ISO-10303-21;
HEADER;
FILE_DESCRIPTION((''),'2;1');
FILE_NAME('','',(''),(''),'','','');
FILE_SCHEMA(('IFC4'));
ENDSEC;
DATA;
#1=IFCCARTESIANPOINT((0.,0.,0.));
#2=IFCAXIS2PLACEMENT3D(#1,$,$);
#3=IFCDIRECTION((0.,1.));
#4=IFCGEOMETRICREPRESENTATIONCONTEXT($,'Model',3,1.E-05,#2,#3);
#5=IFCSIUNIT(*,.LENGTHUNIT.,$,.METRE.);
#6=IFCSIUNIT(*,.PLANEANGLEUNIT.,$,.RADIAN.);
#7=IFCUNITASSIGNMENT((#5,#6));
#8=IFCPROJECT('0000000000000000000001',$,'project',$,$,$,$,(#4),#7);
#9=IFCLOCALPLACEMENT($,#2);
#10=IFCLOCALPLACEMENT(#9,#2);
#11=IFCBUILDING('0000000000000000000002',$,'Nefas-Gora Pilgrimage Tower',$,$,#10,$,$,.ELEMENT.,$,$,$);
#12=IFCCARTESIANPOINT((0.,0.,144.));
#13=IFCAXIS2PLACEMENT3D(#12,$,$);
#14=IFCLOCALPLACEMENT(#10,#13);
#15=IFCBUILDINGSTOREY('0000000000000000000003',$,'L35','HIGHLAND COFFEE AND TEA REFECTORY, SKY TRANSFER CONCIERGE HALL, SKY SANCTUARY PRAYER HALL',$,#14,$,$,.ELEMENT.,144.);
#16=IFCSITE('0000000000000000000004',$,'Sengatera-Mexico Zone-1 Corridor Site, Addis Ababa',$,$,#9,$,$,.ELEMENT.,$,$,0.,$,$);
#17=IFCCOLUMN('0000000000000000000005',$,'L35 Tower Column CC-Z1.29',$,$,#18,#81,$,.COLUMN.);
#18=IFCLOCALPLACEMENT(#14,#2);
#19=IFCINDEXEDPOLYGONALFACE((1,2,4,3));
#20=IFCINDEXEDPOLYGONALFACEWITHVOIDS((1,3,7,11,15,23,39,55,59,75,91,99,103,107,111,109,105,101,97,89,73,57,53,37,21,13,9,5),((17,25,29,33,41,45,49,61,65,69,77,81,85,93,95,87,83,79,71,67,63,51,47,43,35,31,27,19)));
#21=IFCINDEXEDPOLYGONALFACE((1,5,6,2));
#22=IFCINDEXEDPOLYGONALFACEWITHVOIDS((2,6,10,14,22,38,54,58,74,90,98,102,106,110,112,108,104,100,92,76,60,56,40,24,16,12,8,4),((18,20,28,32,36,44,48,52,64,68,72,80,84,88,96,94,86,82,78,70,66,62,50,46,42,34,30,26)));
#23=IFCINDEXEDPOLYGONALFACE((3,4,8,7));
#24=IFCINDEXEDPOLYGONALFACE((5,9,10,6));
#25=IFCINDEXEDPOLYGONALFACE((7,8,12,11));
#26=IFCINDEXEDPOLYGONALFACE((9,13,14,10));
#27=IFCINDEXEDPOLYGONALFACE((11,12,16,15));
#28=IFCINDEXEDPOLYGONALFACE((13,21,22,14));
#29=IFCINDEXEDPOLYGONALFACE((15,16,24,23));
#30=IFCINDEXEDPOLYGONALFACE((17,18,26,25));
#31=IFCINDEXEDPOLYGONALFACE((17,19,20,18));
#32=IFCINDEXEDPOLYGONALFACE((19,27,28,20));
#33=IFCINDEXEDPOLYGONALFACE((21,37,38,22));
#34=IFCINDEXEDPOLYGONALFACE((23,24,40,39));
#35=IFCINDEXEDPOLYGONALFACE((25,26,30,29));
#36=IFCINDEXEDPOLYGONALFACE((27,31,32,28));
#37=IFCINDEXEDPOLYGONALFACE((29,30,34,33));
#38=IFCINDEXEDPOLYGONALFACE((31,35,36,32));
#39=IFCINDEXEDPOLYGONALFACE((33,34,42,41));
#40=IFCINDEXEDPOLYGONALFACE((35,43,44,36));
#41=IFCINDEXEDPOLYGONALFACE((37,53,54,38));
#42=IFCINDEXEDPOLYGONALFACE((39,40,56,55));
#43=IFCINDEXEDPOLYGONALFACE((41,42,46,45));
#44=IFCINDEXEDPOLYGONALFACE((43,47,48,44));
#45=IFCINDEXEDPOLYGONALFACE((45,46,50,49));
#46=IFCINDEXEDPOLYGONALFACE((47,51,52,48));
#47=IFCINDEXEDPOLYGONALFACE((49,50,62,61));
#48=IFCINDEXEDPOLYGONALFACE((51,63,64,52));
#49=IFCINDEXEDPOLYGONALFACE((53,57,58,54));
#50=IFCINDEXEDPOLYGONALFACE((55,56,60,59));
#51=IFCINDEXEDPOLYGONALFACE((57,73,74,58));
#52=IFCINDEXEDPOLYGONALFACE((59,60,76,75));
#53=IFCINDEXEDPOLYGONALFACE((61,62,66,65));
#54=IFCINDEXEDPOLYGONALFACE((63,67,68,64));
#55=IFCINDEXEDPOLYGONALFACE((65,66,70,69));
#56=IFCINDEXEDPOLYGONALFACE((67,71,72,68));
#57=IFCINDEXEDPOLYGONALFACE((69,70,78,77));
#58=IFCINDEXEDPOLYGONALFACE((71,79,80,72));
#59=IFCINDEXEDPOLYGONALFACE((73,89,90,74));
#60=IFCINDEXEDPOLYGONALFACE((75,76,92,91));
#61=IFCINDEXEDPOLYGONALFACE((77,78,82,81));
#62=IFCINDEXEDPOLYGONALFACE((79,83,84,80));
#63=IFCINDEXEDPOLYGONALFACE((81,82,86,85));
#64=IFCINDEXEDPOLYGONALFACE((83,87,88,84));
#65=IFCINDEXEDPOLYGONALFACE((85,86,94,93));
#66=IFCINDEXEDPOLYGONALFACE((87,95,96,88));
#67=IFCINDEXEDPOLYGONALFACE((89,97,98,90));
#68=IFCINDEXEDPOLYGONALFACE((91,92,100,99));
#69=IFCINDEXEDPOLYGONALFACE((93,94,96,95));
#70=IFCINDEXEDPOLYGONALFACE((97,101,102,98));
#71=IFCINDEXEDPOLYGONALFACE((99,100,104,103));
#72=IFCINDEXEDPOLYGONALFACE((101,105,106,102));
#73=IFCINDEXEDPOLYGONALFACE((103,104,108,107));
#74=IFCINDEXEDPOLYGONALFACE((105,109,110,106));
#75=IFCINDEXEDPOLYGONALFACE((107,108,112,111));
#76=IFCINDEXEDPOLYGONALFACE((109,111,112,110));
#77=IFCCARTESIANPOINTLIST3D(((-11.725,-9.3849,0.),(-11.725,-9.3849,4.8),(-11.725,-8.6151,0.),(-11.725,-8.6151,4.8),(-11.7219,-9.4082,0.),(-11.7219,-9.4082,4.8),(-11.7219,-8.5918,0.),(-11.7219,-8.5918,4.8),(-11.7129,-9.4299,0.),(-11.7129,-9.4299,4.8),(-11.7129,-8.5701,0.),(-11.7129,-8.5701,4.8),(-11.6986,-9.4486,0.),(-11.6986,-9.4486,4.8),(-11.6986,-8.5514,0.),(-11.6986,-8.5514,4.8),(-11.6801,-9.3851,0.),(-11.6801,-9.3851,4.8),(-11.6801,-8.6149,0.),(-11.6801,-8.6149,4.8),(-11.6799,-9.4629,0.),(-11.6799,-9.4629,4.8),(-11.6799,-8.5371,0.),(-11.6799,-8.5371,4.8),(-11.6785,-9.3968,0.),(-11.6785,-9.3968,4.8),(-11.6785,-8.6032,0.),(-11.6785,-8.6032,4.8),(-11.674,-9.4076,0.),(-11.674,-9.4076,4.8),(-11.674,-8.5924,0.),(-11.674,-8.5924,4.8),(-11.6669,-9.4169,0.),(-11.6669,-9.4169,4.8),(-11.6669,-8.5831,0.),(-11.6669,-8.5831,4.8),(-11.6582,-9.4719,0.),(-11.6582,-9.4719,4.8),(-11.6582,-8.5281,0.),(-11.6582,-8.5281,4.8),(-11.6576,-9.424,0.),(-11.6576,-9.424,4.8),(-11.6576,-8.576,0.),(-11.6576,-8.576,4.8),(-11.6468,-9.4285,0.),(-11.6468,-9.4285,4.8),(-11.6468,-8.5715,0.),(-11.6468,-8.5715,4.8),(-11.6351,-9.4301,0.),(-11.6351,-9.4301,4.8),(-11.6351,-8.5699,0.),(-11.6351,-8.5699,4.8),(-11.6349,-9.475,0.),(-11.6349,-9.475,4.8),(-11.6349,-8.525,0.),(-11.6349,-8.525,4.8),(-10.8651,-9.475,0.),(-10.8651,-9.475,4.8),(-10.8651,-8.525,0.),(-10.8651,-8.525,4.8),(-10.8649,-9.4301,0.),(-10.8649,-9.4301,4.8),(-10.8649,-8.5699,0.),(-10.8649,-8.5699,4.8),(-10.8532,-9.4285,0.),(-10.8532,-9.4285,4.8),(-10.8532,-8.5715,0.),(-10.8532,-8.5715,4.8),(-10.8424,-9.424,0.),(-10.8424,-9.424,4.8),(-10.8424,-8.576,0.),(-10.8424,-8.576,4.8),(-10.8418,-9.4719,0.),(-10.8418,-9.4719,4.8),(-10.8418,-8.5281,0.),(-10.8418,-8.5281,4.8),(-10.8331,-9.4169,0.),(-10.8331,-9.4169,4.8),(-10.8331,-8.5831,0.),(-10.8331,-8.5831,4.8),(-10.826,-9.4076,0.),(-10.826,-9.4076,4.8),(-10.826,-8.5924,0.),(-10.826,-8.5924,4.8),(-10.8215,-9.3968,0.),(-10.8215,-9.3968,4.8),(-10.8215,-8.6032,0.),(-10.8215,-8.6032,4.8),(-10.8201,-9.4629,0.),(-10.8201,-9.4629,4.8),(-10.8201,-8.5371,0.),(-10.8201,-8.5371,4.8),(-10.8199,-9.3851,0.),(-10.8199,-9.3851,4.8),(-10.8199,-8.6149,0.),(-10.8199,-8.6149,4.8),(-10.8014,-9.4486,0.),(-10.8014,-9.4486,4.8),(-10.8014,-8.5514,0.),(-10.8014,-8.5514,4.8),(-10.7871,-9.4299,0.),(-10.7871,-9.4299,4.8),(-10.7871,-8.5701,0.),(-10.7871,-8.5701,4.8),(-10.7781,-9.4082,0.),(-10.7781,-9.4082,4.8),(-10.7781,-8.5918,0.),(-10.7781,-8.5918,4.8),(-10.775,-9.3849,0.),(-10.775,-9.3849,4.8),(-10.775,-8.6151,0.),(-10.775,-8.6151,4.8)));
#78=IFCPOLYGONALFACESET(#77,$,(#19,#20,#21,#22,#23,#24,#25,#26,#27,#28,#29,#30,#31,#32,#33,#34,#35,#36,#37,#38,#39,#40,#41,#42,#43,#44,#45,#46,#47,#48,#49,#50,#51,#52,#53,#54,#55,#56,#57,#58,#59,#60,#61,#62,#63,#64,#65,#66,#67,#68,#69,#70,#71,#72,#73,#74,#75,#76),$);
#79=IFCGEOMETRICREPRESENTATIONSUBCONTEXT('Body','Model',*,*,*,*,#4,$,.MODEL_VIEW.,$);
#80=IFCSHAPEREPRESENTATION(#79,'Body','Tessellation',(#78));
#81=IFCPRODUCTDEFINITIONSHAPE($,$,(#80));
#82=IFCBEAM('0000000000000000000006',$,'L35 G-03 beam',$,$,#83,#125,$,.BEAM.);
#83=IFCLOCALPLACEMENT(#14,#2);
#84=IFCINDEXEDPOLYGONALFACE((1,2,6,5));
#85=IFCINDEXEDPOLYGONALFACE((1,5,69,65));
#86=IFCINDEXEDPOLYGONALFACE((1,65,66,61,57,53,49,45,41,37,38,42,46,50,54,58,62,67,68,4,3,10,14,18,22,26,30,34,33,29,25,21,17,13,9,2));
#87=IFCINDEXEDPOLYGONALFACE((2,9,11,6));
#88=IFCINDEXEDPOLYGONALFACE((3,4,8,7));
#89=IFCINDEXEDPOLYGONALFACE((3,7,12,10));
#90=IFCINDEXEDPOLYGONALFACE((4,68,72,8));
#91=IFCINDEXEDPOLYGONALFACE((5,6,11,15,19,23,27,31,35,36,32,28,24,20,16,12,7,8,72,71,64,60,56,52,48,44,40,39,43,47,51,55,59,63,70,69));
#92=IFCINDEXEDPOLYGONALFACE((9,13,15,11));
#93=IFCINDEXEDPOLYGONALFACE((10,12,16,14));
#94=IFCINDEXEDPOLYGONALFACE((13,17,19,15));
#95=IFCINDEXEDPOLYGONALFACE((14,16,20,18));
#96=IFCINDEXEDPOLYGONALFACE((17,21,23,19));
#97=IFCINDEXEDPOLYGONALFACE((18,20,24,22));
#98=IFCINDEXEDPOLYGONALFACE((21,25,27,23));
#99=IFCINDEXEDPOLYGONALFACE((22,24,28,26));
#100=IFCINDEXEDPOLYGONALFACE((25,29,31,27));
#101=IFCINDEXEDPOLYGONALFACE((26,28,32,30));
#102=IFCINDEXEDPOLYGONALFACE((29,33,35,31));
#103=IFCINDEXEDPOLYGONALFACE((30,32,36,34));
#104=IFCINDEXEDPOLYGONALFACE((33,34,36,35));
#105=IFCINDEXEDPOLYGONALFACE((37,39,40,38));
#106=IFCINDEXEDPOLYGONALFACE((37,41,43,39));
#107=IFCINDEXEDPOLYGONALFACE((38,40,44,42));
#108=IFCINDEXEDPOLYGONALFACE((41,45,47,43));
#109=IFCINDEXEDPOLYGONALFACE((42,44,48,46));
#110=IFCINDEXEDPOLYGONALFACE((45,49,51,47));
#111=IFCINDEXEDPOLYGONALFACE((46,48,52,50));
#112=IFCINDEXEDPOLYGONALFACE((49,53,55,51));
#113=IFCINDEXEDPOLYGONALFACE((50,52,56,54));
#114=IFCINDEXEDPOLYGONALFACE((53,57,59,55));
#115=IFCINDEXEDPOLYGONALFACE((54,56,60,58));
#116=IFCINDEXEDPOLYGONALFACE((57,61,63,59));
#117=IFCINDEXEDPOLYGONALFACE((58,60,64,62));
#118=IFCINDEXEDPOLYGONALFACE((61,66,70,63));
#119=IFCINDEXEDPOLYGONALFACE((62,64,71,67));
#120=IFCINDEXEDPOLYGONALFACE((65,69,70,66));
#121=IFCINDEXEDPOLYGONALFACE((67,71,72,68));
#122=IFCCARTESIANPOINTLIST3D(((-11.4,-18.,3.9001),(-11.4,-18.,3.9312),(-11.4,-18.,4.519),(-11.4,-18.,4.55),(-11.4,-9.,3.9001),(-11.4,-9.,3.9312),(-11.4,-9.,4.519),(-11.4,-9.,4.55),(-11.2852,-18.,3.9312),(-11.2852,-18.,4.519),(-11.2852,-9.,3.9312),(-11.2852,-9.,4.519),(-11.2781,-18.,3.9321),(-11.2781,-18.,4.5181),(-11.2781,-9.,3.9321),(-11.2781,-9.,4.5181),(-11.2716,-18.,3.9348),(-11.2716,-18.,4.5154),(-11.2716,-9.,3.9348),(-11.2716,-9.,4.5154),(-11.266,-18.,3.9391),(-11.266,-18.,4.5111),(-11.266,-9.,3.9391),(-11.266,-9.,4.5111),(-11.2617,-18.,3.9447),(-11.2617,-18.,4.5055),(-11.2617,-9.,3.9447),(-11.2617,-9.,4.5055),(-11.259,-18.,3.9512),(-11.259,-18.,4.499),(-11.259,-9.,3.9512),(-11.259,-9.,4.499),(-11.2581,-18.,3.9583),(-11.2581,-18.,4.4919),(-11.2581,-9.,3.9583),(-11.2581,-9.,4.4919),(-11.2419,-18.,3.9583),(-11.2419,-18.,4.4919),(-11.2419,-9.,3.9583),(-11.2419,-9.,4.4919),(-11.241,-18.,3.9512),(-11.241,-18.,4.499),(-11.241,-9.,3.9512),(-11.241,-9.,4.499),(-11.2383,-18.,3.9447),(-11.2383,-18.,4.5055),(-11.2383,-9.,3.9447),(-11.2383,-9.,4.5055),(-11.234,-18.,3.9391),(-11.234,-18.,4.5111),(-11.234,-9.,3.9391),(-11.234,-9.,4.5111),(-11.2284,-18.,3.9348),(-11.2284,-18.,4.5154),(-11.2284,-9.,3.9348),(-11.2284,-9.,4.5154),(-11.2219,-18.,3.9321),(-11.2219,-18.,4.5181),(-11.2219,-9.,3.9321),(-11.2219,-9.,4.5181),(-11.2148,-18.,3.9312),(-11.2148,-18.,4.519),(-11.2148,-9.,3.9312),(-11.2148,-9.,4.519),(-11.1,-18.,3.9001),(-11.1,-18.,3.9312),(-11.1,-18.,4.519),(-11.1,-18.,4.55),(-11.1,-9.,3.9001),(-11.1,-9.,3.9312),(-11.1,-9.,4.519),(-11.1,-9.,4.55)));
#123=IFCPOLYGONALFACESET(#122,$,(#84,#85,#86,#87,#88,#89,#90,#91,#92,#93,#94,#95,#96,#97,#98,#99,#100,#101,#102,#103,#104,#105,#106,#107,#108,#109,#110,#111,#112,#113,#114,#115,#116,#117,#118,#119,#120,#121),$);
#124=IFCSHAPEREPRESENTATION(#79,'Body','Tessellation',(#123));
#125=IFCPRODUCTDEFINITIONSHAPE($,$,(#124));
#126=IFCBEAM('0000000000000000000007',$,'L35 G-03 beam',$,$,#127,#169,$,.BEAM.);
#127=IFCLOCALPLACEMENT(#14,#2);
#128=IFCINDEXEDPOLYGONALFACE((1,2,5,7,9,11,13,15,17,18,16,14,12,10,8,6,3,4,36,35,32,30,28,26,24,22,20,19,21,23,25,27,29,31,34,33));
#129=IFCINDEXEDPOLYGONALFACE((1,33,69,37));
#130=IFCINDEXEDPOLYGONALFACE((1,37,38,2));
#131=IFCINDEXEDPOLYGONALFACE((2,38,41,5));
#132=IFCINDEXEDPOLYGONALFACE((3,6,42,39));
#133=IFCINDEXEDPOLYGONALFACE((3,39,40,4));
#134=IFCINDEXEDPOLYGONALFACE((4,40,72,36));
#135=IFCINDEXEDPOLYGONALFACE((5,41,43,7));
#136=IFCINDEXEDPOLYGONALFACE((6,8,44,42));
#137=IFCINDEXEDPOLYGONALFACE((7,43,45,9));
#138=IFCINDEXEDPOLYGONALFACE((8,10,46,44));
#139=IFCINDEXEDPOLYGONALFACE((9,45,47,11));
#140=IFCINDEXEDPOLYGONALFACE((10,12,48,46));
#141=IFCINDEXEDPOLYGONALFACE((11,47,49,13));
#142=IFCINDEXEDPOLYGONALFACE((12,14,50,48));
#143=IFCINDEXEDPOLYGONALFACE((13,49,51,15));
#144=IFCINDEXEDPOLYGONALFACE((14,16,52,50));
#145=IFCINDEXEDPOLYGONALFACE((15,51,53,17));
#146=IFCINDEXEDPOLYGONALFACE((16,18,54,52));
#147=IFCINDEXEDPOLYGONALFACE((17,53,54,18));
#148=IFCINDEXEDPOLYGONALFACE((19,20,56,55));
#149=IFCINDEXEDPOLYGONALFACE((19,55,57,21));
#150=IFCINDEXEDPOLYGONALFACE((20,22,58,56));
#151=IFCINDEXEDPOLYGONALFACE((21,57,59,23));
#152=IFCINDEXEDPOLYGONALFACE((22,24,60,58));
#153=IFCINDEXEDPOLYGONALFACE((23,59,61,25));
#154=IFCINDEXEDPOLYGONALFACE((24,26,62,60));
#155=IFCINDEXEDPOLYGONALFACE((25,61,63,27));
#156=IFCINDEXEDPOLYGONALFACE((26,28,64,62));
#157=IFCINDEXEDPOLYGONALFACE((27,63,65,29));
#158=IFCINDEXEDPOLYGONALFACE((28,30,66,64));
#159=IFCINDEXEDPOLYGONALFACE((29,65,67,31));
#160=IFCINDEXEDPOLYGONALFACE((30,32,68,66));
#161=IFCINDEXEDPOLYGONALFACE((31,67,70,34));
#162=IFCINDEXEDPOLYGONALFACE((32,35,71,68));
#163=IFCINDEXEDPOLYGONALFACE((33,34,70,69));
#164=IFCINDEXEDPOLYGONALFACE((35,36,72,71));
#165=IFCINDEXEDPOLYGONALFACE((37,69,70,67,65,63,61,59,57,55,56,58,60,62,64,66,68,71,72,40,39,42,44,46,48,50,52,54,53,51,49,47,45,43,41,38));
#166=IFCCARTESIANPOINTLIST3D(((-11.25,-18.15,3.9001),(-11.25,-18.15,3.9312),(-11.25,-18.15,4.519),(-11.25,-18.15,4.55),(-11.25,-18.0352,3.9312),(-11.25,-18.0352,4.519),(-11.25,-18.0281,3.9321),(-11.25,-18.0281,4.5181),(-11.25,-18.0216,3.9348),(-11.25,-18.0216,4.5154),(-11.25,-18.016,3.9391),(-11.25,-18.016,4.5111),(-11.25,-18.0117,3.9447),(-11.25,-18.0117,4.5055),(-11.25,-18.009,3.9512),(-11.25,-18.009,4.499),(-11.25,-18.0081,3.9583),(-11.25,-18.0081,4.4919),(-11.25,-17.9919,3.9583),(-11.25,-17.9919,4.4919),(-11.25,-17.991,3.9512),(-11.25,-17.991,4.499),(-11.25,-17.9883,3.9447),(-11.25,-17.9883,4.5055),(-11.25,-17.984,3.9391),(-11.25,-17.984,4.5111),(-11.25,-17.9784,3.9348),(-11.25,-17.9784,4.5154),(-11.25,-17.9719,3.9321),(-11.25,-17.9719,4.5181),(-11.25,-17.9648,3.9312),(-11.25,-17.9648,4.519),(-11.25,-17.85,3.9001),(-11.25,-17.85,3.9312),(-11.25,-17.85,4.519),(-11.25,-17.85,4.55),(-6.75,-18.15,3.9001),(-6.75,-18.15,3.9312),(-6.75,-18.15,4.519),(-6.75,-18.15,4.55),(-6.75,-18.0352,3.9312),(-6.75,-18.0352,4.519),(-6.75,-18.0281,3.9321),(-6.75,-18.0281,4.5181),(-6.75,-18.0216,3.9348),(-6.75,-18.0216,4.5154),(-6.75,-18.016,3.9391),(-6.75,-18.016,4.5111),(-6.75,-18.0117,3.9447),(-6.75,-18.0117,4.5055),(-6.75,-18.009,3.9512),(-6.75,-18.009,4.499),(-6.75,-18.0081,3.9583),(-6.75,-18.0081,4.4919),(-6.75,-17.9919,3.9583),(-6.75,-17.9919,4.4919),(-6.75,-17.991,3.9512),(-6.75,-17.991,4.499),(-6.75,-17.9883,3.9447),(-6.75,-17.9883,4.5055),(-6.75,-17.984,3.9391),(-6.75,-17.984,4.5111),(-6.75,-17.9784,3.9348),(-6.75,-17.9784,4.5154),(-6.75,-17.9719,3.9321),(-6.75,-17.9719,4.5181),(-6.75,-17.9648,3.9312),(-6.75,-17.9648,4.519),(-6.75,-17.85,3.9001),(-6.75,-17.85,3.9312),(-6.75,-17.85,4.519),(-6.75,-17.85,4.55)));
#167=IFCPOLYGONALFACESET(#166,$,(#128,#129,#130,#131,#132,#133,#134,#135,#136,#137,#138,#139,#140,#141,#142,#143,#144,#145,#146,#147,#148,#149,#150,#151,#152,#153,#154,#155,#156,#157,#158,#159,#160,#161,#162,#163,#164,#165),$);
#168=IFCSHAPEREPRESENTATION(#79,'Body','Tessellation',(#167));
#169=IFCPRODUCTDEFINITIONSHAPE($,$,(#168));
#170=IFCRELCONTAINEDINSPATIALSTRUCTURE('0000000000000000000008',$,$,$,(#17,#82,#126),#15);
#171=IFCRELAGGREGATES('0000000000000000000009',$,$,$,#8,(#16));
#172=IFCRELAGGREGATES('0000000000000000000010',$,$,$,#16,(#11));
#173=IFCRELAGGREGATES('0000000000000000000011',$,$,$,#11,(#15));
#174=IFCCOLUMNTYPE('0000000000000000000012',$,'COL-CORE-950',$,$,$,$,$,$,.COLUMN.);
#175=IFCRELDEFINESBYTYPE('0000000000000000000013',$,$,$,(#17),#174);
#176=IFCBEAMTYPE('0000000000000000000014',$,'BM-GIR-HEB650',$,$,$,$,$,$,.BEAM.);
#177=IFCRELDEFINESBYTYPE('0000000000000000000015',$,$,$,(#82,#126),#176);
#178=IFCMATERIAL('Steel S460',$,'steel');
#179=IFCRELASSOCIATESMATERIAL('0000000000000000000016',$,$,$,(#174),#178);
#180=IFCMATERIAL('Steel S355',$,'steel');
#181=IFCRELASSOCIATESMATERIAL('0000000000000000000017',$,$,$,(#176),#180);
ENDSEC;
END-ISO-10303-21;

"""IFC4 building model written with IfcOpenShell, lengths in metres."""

from ifc_helpers import new_model, si_unit, direction, frame, origin, origin_2d, place, context, subcontext, project, spatial, hollow_rectangle, i_section, extrude, source, transform, mapped, material, material_profile, profile_set, type_object, element, save


model = new_model("IFC4")

# Units and contexts
model_context = context("Model", 3, precision=1e-05, world=origin(), true_north=direction((0.0, 1.0)))
body_context = subcontext(model_context, "Body", "Model", "MODEL_VIEW")
ifc_project = project(units=[si_unit("LENGTHUNIT", "METRE"), si_unit("PLANEANGLEUNIT", "RADIAN")], contexts=[model_context])

# Site, building, storey
site_placement = place(None, origin())
site = spatial("IfcSite", under=ifc_project, at=site_placement, Name="Sengatera-Mexico Zone-1 Corridor Site, Addis Ababa", CompositionType="ELEMENT", RefElevation=0.0)
building_placement = place(site_placement, origin())
building = spatial("IfcBuilding", under=site, at=building_placement, Name="Nefas-Gora Pilgrimage Tower", CompositionType="ELEMENT")
storey_placement = place(building_placement, frame((0.0, 0.0, 144.0)))
storey = spatial("IfcBuildingStorey", under=building, at=storey_placement, Name="L35", Description="HIGHLAND COFFEE AND TEA REFECTORY, SKY TRANSFER CONCIERGE HALL, SKY SANCTUARY PRAYER HALL", CompositionType="ELEMENT", Elevation=144.0)

# Column
ifc_material_1 = material(Name="Steel S460", Category="steel")
ifc_material_profile_1 = material_profile(ifc_material_1, hollow_rectangle(XDim=0.95, YDim=0.95, WallThickness=0.0449, InnerFilletRadius=0.0449, OuterFilletRadius=0.0901, at=origin_2d()), Name="BOX 950x950x45")
ifc_profile_set_1 = profile_set([ifc_material_profile_1], Name="Steel S460")
column_type_1 = type_object("IfcColumnType", Name="COL-CORE-950", PredefinedType="COLUMN", material=ifc_profile_set_1)
shared_shape_1 = source(origin(), body_context, "Body", "SweptSolid", [
    extrude(hollow_rectangle(XDim=0.95, YDim=0.95, WallThickness=0.0449, InnerFilletRadius=0.0449, OuterFilletRadius=0.0901, at=origin_2d()), origin(), (0.0, 0.0, 1.0), 4.8),
])
column_1_placement = place(storey_placement, frame((-11.25, -9.0, 0.0), z_axis=(0.0, 0.0, 1.0), x_axis=(1.0, 0.0, 0.0)))
element("IfcColumn", 1, at=column_1_placement, inside=storey, type_object=column_type_1, Name="L35 Tower Column CC-Z1.29", PredefinedType="COLUMN", context=body_context, shape_type="MappedRepresentation", body=[
    mapped(shared_shape_1, transform((0.0, 0.0, 0.0), x_axis=(1.0, 0.0, 0.0), y_axis=(0.0, 1.0, 0.0), z_axis=(0.0, 0.0, 1.0), scale=1.0)),
])

# Beams
ifc_material_2 = material(Name="Steel S355", Category="steel")
ifc_material_profile_2 = material_profile(ifc_material_2, i_section(OverallWidth=0.3, OverallDepth=0.6499, WebThickness=0.0161, FlangeThickness=0.031, FilletRadius=0.0271, at=origin_2d()), Name="HEB 650")
ifc_profile_set_2 = profile_set([ifc_material_profile_2], Name="Steel S355")
beam_type = type_object("IfcBeamType", Name="BM-GIR-HEB650", PredefinedType="BEAM", material=ifc_profile_set_2)
shared_shape_2 = source(origin(), body_context, "Body", "SweptSolid", [
    extrude(i_section(OverallWidth=0.3, OverallDepth=0.6499, WebThickness=0.0161, FlangeThickness=0.031, FilletRadius=0.0271, at=origin_2d()), origin(), (0.0, 0.0, 1.0), 9.0),
])
beam_placement = place(storey_placement, frame((-11.25, -18.0, 4.2251), z_axis=(0.0, 1.0, 0.0), x_axis=(-1.0, 0.0, 0.0)))
element("IfcBeam", 2, at=beam_placement, inside=storey, type_object=beam_type, Name="L35 G-03 beam", PredefinedType="BEAM", context=body_context, shape_type="MappedRepresentation", body=[
    mapped(shared_shape_2, transform((0.0, 0.0, 0.0), x_axis=(1.0, 0.0, 0.0), y_axis=(0.0, 1.0, 0.0), z_axis=(0.0, 0.0, 1.0), scale=1.0)),
])
shared_shape_3 = source(origin(), body_context, "Body", "SweptSolid", [
    extrude(i_section(OverallWidth=0.3, OverallDepth=0.6499, WebThickness=0.0161, FlangeThickness=0.031, FilletRadius=0.0271, at=origin_2d()), origin(), (0.0, 0.0, 1.0), 4.5),
])
for number, where, z_axis, x_axis, name in (
    (3, (-11.25, -18.0, 4.2251), (1.0, 0.0, 0.0), (0.0, 1.0, 0.0), "L35 G-03 beam"),
):
    element("IfcBeam", number, at=place(storey_placement, frame(where, z_axis=z_axis, x_axis=x_axis)), inside=storey, type_object=beam_type, Name=name, PredefinedType="BEAM", context=body_context, shape_type="MappedRepresentation", body=[
        mapped(shared_shape_3, transform((0.0, 0.0, 0.0), x_axis=(1.0, 0.0, 0.0), y_axis=(0.0, 1.0, 0.0), z_axis=(0.0, 0.0, 1.0), scale=1.0)),
    ])

save(model, "model.ifc")
